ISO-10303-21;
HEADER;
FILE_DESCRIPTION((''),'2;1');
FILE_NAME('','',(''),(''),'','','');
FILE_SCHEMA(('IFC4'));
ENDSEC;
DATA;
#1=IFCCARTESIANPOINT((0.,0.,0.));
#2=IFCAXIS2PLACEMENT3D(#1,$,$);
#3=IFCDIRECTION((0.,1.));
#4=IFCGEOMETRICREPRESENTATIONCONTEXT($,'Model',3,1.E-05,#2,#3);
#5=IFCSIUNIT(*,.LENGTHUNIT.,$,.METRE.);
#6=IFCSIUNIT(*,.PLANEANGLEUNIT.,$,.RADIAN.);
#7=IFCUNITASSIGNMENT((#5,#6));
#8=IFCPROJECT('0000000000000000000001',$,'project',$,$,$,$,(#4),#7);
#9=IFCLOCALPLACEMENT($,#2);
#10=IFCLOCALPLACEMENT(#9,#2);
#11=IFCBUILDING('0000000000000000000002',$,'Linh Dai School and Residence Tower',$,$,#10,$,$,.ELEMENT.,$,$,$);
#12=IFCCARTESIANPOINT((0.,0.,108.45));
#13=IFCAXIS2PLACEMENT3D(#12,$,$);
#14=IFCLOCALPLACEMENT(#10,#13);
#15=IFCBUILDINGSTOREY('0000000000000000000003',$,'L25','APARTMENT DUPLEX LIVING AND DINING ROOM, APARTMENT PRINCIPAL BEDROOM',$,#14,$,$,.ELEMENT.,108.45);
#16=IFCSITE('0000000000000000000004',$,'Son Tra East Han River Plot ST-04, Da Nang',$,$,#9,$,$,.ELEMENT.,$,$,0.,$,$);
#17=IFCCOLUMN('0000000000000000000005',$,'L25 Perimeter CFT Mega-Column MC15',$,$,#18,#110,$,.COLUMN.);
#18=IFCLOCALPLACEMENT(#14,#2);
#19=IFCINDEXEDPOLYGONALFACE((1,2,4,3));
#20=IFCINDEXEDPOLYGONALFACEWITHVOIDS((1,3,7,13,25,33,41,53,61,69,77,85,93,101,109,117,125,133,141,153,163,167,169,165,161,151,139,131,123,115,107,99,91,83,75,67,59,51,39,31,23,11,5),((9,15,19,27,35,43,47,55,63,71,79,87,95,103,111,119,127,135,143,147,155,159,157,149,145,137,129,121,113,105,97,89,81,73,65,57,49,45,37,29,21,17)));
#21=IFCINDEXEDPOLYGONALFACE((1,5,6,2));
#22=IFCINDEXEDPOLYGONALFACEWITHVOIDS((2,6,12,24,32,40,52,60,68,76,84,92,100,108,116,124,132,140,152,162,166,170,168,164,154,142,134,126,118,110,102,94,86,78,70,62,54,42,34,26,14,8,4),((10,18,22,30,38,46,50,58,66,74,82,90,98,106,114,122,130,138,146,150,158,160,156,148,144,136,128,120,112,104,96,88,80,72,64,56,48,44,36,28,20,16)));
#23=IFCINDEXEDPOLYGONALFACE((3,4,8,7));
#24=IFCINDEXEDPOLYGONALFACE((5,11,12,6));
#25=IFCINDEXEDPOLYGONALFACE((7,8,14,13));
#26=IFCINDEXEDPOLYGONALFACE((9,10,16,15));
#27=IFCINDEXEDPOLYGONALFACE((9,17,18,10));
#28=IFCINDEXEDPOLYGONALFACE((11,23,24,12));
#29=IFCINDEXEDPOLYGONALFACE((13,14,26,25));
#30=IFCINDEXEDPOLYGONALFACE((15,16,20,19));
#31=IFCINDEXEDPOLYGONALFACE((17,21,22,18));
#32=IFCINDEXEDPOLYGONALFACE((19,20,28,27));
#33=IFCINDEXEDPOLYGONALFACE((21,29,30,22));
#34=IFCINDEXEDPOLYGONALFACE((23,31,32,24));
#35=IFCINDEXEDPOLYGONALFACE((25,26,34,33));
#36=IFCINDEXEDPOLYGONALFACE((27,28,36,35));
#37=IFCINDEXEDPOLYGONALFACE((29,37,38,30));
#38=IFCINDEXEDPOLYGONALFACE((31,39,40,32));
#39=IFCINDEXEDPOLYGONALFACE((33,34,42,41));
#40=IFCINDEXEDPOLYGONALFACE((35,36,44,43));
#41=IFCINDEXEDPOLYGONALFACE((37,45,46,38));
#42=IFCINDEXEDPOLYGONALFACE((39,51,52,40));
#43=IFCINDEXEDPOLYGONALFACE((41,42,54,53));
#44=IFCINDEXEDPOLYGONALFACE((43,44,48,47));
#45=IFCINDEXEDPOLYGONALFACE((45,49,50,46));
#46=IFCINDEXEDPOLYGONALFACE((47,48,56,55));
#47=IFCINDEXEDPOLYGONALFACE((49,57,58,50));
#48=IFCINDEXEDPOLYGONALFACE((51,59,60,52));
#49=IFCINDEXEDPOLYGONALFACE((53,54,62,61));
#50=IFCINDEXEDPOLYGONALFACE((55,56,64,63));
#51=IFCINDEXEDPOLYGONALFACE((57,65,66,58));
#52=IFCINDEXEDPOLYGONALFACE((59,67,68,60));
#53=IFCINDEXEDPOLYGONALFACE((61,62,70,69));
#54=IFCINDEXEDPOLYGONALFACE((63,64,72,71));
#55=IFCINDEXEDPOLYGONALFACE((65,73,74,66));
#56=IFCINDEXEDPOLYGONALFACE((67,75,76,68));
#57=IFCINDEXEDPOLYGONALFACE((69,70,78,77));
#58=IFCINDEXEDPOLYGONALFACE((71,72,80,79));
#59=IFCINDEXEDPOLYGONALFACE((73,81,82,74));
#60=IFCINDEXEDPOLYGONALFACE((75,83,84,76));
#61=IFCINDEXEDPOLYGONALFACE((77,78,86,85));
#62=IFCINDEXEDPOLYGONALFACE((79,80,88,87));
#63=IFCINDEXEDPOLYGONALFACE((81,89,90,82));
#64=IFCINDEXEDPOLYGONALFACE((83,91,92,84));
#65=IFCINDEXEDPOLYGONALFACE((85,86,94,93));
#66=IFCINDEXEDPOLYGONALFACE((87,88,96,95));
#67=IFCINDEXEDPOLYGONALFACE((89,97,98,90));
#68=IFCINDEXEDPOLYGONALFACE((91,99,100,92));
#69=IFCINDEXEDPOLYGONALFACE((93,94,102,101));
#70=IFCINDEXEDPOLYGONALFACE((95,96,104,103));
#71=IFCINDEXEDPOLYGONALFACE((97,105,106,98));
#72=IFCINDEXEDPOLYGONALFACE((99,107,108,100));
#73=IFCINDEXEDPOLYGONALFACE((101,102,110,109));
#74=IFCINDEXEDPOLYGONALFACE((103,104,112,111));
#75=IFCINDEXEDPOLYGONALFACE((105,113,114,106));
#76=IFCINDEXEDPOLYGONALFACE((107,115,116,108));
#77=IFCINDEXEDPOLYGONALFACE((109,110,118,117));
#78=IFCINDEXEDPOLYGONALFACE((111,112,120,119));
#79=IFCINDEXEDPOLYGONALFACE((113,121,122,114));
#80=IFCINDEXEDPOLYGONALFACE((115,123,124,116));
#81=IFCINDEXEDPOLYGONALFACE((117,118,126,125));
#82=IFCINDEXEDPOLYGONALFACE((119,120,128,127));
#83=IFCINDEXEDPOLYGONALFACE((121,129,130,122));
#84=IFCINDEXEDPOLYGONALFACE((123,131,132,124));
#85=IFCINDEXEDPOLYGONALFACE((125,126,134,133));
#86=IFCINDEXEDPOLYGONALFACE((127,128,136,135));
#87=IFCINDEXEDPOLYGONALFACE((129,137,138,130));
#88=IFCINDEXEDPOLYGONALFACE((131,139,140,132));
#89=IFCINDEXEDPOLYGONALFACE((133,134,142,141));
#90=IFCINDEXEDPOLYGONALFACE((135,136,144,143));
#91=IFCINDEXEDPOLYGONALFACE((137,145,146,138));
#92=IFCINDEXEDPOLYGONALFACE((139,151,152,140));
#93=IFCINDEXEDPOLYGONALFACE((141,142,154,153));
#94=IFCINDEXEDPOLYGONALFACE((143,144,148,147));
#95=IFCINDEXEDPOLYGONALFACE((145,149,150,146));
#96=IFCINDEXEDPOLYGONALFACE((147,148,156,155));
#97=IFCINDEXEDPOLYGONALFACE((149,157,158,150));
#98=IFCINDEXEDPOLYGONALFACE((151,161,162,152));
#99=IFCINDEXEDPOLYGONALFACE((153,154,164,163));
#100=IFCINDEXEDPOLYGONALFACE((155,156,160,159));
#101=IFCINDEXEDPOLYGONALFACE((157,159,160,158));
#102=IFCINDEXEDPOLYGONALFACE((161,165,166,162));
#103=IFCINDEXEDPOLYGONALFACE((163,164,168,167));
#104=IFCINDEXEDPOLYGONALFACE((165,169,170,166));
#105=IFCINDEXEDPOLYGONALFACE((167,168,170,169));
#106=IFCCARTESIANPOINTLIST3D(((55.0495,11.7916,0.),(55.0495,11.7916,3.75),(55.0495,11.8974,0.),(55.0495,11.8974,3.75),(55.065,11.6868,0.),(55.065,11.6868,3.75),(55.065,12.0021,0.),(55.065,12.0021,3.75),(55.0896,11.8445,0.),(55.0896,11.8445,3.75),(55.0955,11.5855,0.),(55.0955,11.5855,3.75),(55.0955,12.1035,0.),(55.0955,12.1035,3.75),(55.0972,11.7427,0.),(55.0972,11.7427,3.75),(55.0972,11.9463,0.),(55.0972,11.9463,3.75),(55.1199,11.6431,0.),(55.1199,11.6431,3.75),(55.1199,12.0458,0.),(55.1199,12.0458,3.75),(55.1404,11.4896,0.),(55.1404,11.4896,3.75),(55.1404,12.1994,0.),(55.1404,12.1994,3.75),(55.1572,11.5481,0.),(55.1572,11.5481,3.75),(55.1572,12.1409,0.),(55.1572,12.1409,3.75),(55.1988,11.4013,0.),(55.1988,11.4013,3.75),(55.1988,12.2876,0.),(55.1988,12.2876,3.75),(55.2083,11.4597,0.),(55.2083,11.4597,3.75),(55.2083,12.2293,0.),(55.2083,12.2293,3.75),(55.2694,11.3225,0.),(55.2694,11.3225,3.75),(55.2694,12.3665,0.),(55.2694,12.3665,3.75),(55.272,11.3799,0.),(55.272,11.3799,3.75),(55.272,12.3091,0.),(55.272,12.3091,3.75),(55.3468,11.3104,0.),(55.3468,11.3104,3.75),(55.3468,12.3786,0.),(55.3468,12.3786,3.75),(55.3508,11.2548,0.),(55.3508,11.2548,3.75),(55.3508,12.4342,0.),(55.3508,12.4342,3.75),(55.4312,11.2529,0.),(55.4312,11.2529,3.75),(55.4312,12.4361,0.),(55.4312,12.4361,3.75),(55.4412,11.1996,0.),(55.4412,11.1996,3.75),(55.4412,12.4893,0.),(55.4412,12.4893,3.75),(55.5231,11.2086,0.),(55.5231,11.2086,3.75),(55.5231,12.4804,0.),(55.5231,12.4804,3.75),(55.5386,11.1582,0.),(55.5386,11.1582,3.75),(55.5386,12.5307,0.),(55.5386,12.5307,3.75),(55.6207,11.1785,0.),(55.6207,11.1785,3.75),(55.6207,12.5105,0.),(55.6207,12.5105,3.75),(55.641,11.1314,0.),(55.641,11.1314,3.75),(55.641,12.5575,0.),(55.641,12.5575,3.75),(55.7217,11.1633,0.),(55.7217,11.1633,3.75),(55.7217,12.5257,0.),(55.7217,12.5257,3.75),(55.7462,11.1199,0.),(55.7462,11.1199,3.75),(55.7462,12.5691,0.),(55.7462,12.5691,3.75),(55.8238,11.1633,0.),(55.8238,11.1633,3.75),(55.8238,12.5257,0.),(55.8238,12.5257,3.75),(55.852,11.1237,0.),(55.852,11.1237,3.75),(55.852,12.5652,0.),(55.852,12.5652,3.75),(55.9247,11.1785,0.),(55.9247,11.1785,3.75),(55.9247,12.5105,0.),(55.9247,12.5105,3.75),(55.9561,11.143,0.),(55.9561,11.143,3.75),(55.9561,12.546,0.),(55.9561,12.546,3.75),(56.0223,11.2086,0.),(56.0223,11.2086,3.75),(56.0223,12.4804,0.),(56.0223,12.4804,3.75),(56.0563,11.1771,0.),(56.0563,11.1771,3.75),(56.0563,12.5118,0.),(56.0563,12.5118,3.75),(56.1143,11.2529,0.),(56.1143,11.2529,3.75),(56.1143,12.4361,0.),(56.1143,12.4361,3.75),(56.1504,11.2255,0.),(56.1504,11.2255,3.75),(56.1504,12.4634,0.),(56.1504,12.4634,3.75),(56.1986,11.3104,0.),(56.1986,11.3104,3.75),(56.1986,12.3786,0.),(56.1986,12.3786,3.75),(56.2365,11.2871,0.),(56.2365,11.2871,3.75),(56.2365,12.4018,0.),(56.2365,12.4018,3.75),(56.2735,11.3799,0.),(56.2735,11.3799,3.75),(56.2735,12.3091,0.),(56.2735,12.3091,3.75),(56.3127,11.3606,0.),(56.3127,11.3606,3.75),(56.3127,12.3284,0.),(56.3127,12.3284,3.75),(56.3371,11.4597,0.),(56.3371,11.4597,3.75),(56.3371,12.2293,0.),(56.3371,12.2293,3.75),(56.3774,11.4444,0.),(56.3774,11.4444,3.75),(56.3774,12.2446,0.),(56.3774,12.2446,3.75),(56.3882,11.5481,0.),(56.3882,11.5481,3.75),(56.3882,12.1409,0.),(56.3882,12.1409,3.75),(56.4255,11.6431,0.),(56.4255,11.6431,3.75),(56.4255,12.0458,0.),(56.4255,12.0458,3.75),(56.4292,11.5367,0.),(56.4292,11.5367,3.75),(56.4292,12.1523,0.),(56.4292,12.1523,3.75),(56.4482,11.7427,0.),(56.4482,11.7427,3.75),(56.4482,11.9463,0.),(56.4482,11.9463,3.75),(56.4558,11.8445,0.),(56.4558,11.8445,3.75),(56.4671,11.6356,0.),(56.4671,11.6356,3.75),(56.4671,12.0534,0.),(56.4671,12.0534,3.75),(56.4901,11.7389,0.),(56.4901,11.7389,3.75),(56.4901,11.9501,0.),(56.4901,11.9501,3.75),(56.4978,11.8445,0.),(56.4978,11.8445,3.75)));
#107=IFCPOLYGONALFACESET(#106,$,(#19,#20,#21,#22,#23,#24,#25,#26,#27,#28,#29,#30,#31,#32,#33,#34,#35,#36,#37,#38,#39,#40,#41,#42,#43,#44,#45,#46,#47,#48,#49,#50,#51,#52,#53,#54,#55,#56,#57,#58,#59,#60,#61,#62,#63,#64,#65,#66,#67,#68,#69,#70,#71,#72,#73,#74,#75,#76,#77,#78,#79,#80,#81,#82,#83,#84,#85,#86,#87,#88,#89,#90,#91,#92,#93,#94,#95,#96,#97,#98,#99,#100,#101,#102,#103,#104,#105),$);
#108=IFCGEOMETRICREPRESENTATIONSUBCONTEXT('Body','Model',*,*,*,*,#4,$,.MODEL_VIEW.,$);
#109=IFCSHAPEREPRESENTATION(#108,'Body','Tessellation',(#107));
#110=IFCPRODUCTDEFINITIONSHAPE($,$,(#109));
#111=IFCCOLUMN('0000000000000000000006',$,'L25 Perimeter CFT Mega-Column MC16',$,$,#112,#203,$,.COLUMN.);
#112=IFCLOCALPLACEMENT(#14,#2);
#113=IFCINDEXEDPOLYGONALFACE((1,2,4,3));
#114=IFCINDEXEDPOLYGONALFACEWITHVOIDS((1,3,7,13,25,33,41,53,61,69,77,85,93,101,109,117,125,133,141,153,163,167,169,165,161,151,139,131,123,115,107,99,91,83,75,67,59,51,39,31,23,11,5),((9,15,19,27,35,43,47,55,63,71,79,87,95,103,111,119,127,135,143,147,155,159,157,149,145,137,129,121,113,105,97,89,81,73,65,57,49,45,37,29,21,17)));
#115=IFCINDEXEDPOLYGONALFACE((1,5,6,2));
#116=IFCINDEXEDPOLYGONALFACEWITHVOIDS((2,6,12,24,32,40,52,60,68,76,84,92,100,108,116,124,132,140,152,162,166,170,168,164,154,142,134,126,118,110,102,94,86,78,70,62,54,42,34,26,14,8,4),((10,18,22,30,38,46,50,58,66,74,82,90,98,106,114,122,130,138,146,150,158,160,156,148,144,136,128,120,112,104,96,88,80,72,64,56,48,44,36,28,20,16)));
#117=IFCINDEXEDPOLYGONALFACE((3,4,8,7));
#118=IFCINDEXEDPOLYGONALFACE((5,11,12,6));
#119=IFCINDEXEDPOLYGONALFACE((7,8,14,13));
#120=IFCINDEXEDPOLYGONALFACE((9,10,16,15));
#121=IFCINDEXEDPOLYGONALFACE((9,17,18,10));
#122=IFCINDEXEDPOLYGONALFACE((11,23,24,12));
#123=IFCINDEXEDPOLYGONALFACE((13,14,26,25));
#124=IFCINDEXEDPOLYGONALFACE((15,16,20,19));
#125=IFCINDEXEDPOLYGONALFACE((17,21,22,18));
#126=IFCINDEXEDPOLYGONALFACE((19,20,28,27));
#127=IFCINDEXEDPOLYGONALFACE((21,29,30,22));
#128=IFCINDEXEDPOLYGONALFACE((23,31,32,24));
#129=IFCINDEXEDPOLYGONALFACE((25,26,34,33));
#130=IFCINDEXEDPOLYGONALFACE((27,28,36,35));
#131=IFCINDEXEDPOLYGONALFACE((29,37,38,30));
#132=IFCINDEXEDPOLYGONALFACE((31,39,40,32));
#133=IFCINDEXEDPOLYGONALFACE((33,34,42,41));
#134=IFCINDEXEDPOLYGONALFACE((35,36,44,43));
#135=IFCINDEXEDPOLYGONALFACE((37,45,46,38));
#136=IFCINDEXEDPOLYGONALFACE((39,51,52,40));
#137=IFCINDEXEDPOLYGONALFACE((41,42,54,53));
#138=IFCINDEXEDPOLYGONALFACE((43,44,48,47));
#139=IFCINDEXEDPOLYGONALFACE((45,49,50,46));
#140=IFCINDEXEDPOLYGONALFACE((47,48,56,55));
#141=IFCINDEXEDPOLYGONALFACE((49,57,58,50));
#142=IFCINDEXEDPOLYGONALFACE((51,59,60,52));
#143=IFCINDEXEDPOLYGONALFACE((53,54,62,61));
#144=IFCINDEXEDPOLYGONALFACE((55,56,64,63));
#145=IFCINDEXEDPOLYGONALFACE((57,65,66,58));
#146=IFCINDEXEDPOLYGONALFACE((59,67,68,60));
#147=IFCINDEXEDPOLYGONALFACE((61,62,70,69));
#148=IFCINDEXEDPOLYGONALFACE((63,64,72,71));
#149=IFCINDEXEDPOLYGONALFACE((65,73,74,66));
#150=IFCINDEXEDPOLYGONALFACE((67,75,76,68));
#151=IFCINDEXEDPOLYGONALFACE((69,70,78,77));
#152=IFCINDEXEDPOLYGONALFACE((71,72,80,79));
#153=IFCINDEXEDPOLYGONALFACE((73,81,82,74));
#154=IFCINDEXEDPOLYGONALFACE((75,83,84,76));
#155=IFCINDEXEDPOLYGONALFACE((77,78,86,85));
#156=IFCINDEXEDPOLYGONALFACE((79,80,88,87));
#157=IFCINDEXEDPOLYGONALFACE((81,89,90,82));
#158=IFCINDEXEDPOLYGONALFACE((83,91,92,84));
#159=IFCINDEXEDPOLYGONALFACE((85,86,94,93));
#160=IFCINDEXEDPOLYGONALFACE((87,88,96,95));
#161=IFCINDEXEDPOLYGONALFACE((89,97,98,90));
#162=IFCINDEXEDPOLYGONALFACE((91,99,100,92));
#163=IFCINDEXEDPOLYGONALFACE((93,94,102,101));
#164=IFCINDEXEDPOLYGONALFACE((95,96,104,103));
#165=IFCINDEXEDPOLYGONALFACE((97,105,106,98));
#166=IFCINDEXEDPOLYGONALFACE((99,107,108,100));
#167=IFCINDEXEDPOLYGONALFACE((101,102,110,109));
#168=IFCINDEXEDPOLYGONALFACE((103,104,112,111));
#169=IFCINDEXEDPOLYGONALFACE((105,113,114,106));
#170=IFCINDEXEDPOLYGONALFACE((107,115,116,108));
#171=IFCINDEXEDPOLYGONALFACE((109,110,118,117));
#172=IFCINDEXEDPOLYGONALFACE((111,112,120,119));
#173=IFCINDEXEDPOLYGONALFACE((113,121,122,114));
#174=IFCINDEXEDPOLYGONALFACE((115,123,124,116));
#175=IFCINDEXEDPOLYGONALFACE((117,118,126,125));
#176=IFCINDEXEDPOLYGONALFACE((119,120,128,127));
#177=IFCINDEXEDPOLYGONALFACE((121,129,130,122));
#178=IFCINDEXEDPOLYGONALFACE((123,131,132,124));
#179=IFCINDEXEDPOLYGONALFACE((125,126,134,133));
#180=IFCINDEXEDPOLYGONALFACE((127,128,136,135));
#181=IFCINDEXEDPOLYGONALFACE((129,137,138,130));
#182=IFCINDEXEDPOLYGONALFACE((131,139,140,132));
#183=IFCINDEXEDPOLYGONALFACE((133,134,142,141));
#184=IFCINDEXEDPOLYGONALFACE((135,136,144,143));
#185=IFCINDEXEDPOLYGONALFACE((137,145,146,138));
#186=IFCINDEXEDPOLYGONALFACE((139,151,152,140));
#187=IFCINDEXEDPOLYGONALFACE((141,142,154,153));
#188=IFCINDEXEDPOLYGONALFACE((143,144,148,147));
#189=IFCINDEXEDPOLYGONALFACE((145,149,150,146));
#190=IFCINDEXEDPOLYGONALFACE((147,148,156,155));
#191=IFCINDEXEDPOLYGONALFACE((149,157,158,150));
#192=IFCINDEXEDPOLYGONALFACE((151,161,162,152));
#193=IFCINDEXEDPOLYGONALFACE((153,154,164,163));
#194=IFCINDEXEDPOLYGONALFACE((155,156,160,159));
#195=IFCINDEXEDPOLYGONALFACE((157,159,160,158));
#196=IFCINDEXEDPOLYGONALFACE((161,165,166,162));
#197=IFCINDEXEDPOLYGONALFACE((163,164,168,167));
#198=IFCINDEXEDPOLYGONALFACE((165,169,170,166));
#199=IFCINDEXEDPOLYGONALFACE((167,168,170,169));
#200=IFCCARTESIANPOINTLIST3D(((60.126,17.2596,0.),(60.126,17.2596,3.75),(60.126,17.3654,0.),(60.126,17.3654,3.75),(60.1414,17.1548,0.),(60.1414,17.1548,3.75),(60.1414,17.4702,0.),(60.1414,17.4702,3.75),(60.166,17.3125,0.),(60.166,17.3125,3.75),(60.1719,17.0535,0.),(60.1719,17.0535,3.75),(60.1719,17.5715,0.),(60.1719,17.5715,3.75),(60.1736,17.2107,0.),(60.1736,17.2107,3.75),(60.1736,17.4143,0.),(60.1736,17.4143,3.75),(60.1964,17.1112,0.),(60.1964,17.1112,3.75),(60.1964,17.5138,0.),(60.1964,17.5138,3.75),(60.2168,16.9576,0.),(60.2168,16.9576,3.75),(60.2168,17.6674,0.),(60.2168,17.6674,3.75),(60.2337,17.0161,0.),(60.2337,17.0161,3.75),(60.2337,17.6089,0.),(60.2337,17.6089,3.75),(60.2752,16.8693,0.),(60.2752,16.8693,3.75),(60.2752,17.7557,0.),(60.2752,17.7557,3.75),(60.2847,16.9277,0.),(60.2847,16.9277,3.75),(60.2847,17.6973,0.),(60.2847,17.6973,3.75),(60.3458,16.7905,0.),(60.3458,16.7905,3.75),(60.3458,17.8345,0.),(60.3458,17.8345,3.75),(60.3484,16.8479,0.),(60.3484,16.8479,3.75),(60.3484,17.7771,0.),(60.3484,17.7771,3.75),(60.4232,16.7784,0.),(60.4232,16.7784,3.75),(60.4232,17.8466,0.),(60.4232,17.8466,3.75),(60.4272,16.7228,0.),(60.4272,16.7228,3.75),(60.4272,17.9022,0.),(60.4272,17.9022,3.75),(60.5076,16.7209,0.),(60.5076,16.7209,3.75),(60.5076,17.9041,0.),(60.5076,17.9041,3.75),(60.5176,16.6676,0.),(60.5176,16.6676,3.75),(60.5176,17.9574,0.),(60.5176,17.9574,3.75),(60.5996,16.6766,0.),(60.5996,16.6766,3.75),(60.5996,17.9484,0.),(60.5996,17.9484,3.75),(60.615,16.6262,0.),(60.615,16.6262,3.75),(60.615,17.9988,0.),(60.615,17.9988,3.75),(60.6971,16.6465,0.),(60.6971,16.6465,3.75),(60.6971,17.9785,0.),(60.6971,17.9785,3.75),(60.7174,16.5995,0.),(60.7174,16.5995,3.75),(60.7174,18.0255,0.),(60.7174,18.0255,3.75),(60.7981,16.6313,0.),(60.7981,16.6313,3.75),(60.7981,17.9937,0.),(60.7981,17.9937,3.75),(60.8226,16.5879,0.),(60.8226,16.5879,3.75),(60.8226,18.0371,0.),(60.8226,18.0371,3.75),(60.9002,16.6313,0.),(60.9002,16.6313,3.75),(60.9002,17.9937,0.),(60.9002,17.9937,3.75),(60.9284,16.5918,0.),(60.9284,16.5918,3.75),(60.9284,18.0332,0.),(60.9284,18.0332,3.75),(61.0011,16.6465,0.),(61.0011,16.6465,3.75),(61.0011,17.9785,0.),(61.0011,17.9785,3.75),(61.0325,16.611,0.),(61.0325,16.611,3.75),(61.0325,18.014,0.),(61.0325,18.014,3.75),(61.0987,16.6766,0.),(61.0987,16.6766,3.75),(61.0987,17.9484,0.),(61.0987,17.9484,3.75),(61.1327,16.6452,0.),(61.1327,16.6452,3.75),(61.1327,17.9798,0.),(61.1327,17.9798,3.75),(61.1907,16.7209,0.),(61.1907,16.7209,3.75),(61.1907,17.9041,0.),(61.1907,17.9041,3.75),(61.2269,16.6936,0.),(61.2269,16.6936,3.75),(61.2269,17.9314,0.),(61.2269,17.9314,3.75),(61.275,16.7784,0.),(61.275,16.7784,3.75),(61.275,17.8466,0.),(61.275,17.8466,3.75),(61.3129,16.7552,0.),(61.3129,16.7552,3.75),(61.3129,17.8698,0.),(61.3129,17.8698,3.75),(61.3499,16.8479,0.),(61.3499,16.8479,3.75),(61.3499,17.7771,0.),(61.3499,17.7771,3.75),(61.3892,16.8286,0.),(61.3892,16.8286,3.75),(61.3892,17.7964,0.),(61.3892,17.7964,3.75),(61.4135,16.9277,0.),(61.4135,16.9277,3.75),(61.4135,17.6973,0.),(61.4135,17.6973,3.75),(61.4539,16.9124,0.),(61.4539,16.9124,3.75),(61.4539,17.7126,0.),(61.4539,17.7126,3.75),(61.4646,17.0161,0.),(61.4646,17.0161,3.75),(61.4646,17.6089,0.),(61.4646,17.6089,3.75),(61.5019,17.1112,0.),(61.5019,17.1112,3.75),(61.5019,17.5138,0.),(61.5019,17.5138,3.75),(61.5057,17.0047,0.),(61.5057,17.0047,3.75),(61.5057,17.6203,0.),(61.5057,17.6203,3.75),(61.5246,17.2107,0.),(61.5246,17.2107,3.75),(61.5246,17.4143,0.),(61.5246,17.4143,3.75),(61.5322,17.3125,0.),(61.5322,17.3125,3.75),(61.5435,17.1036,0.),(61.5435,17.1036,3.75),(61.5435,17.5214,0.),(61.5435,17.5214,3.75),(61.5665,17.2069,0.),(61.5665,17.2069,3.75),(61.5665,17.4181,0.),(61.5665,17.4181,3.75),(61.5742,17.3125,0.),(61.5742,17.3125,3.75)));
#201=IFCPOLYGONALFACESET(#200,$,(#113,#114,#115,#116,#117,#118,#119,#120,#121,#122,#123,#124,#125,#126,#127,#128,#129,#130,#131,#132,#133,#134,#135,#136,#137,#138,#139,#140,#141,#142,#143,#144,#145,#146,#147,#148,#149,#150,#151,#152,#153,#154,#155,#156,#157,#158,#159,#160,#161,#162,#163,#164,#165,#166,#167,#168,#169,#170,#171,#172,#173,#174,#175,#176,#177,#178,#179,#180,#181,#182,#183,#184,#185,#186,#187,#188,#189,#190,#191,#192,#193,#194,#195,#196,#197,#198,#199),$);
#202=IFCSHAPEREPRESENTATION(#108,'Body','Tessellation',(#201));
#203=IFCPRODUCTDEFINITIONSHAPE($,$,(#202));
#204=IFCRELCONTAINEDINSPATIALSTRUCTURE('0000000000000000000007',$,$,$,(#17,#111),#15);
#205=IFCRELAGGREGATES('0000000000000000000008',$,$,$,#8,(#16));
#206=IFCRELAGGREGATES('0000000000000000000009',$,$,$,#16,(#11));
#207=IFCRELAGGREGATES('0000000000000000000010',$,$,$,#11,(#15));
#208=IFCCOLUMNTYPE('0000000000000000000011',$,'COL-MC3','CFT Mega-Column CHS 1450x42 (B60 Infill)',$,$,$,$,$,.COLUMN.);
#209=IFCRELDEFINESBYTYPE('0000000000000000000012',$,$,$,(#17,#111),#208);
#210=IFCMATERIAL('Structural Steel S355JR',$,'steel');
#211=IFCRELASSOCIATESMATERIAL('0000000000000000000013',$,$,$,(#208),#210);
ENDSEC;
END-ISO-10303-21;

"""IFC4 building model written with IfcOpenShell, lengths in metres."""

from ifc_helpers import new_model, si_unit, direction, frame, origin, origin_2d, place, context, subcontext, project, spatial, hollow_circle, extrude, material, material_profile, profile_set, type_object, element, save


model = new_model("IFC4")

# Units and contexts
model_context = context("Model", 3, precision=1e-05, world=origin(), true_north=direction((0.0, 1.0)))
body_context = subcontext(model_context, "Body", "Model", "MODEL_VIEW")
ifc_project = project(units=[si_unit("LENGTHUNIT", "METRE"), si_unit("PLANEANGLEUNIT", "RADIAN")], contexts=[model_context])

# Site, building, storey
site_placement = place(None, origin())
site = spatial("IfcSite", under=ifc_project, at=site_placement, Name="Son Tra East Han River Plot ST-04, Da Nang", CompositionType="ELEMENT", RefElevation=0.0)
building_placement = place(site_placement, origin())
building = spatial("IfcBuilding", under=site, at=building_placement, Name="Linh Dai School and Residence Tower", CompositionType="ELEMENT")
storey_placement = place(building_placement, frame((0.0, 0.0, 108.45)))
storey = spatial("IfcBuildingStorey", under=building, at=storey_placement, Name="L25", Description="APARTMENT DUPLEX LIVING AND DINING ROOM, APARTMENT PRINCIPAL BEDROOM", CompositionType="ELEMENT", Elevation=108.45)

# Columns
ifc_material_1 = material(Name="Structural Steel S355JR", Category="steel")
ifc_material_profile_1 = material_profile(ifc_material_1, hollow_circle(Radius=0.7251, WallThickness=0.042, at=origin_2d()), Name="CHS 1450x42")
ifc_profile_set_1 = profile_set([ifc_material_profile_1], Name="Structural Steel S355JR")
column_type = type_object("IfcColumnType", Name="COL-MC3", Description="CFT Mega-Column CHS 1450x42 (B60 Infill)", PredefinedType="COLUMN", material=ifc_profile_set_1)
for number, where, z_axis, x_axis, name in (
    (1, (55.7727, 11.8445, 0.0), (0.0, 0.0, 1.0), (1.0, 0.0, 0.0), "L25 Perimeter CFT Mega-Column MC15"),
    (2, (60.8491, 17.3125, 0.0), (0.0, 0.0, 1.0), (1.0, 0.0, 0.0), "L25 Perimeter CFT Mega-Column MC16"),
):
    element("IfcColumn", number, at=place(storey_placement, frame(where, z_axis=z_axis, x_axis=x_axis)), inside=storey, type_object=column_type, Name=name, PredefinedType="COLUMN", context=body_context, shape_type="SweptSolid", body=[
        extrude(hollow_circle(Radius=0.7251, WallThickness=0.042, at=origin_2d()), origin(), (0.0, 0.0, 1.0), 3.75),
    ])

save(model, "model.ifc")
